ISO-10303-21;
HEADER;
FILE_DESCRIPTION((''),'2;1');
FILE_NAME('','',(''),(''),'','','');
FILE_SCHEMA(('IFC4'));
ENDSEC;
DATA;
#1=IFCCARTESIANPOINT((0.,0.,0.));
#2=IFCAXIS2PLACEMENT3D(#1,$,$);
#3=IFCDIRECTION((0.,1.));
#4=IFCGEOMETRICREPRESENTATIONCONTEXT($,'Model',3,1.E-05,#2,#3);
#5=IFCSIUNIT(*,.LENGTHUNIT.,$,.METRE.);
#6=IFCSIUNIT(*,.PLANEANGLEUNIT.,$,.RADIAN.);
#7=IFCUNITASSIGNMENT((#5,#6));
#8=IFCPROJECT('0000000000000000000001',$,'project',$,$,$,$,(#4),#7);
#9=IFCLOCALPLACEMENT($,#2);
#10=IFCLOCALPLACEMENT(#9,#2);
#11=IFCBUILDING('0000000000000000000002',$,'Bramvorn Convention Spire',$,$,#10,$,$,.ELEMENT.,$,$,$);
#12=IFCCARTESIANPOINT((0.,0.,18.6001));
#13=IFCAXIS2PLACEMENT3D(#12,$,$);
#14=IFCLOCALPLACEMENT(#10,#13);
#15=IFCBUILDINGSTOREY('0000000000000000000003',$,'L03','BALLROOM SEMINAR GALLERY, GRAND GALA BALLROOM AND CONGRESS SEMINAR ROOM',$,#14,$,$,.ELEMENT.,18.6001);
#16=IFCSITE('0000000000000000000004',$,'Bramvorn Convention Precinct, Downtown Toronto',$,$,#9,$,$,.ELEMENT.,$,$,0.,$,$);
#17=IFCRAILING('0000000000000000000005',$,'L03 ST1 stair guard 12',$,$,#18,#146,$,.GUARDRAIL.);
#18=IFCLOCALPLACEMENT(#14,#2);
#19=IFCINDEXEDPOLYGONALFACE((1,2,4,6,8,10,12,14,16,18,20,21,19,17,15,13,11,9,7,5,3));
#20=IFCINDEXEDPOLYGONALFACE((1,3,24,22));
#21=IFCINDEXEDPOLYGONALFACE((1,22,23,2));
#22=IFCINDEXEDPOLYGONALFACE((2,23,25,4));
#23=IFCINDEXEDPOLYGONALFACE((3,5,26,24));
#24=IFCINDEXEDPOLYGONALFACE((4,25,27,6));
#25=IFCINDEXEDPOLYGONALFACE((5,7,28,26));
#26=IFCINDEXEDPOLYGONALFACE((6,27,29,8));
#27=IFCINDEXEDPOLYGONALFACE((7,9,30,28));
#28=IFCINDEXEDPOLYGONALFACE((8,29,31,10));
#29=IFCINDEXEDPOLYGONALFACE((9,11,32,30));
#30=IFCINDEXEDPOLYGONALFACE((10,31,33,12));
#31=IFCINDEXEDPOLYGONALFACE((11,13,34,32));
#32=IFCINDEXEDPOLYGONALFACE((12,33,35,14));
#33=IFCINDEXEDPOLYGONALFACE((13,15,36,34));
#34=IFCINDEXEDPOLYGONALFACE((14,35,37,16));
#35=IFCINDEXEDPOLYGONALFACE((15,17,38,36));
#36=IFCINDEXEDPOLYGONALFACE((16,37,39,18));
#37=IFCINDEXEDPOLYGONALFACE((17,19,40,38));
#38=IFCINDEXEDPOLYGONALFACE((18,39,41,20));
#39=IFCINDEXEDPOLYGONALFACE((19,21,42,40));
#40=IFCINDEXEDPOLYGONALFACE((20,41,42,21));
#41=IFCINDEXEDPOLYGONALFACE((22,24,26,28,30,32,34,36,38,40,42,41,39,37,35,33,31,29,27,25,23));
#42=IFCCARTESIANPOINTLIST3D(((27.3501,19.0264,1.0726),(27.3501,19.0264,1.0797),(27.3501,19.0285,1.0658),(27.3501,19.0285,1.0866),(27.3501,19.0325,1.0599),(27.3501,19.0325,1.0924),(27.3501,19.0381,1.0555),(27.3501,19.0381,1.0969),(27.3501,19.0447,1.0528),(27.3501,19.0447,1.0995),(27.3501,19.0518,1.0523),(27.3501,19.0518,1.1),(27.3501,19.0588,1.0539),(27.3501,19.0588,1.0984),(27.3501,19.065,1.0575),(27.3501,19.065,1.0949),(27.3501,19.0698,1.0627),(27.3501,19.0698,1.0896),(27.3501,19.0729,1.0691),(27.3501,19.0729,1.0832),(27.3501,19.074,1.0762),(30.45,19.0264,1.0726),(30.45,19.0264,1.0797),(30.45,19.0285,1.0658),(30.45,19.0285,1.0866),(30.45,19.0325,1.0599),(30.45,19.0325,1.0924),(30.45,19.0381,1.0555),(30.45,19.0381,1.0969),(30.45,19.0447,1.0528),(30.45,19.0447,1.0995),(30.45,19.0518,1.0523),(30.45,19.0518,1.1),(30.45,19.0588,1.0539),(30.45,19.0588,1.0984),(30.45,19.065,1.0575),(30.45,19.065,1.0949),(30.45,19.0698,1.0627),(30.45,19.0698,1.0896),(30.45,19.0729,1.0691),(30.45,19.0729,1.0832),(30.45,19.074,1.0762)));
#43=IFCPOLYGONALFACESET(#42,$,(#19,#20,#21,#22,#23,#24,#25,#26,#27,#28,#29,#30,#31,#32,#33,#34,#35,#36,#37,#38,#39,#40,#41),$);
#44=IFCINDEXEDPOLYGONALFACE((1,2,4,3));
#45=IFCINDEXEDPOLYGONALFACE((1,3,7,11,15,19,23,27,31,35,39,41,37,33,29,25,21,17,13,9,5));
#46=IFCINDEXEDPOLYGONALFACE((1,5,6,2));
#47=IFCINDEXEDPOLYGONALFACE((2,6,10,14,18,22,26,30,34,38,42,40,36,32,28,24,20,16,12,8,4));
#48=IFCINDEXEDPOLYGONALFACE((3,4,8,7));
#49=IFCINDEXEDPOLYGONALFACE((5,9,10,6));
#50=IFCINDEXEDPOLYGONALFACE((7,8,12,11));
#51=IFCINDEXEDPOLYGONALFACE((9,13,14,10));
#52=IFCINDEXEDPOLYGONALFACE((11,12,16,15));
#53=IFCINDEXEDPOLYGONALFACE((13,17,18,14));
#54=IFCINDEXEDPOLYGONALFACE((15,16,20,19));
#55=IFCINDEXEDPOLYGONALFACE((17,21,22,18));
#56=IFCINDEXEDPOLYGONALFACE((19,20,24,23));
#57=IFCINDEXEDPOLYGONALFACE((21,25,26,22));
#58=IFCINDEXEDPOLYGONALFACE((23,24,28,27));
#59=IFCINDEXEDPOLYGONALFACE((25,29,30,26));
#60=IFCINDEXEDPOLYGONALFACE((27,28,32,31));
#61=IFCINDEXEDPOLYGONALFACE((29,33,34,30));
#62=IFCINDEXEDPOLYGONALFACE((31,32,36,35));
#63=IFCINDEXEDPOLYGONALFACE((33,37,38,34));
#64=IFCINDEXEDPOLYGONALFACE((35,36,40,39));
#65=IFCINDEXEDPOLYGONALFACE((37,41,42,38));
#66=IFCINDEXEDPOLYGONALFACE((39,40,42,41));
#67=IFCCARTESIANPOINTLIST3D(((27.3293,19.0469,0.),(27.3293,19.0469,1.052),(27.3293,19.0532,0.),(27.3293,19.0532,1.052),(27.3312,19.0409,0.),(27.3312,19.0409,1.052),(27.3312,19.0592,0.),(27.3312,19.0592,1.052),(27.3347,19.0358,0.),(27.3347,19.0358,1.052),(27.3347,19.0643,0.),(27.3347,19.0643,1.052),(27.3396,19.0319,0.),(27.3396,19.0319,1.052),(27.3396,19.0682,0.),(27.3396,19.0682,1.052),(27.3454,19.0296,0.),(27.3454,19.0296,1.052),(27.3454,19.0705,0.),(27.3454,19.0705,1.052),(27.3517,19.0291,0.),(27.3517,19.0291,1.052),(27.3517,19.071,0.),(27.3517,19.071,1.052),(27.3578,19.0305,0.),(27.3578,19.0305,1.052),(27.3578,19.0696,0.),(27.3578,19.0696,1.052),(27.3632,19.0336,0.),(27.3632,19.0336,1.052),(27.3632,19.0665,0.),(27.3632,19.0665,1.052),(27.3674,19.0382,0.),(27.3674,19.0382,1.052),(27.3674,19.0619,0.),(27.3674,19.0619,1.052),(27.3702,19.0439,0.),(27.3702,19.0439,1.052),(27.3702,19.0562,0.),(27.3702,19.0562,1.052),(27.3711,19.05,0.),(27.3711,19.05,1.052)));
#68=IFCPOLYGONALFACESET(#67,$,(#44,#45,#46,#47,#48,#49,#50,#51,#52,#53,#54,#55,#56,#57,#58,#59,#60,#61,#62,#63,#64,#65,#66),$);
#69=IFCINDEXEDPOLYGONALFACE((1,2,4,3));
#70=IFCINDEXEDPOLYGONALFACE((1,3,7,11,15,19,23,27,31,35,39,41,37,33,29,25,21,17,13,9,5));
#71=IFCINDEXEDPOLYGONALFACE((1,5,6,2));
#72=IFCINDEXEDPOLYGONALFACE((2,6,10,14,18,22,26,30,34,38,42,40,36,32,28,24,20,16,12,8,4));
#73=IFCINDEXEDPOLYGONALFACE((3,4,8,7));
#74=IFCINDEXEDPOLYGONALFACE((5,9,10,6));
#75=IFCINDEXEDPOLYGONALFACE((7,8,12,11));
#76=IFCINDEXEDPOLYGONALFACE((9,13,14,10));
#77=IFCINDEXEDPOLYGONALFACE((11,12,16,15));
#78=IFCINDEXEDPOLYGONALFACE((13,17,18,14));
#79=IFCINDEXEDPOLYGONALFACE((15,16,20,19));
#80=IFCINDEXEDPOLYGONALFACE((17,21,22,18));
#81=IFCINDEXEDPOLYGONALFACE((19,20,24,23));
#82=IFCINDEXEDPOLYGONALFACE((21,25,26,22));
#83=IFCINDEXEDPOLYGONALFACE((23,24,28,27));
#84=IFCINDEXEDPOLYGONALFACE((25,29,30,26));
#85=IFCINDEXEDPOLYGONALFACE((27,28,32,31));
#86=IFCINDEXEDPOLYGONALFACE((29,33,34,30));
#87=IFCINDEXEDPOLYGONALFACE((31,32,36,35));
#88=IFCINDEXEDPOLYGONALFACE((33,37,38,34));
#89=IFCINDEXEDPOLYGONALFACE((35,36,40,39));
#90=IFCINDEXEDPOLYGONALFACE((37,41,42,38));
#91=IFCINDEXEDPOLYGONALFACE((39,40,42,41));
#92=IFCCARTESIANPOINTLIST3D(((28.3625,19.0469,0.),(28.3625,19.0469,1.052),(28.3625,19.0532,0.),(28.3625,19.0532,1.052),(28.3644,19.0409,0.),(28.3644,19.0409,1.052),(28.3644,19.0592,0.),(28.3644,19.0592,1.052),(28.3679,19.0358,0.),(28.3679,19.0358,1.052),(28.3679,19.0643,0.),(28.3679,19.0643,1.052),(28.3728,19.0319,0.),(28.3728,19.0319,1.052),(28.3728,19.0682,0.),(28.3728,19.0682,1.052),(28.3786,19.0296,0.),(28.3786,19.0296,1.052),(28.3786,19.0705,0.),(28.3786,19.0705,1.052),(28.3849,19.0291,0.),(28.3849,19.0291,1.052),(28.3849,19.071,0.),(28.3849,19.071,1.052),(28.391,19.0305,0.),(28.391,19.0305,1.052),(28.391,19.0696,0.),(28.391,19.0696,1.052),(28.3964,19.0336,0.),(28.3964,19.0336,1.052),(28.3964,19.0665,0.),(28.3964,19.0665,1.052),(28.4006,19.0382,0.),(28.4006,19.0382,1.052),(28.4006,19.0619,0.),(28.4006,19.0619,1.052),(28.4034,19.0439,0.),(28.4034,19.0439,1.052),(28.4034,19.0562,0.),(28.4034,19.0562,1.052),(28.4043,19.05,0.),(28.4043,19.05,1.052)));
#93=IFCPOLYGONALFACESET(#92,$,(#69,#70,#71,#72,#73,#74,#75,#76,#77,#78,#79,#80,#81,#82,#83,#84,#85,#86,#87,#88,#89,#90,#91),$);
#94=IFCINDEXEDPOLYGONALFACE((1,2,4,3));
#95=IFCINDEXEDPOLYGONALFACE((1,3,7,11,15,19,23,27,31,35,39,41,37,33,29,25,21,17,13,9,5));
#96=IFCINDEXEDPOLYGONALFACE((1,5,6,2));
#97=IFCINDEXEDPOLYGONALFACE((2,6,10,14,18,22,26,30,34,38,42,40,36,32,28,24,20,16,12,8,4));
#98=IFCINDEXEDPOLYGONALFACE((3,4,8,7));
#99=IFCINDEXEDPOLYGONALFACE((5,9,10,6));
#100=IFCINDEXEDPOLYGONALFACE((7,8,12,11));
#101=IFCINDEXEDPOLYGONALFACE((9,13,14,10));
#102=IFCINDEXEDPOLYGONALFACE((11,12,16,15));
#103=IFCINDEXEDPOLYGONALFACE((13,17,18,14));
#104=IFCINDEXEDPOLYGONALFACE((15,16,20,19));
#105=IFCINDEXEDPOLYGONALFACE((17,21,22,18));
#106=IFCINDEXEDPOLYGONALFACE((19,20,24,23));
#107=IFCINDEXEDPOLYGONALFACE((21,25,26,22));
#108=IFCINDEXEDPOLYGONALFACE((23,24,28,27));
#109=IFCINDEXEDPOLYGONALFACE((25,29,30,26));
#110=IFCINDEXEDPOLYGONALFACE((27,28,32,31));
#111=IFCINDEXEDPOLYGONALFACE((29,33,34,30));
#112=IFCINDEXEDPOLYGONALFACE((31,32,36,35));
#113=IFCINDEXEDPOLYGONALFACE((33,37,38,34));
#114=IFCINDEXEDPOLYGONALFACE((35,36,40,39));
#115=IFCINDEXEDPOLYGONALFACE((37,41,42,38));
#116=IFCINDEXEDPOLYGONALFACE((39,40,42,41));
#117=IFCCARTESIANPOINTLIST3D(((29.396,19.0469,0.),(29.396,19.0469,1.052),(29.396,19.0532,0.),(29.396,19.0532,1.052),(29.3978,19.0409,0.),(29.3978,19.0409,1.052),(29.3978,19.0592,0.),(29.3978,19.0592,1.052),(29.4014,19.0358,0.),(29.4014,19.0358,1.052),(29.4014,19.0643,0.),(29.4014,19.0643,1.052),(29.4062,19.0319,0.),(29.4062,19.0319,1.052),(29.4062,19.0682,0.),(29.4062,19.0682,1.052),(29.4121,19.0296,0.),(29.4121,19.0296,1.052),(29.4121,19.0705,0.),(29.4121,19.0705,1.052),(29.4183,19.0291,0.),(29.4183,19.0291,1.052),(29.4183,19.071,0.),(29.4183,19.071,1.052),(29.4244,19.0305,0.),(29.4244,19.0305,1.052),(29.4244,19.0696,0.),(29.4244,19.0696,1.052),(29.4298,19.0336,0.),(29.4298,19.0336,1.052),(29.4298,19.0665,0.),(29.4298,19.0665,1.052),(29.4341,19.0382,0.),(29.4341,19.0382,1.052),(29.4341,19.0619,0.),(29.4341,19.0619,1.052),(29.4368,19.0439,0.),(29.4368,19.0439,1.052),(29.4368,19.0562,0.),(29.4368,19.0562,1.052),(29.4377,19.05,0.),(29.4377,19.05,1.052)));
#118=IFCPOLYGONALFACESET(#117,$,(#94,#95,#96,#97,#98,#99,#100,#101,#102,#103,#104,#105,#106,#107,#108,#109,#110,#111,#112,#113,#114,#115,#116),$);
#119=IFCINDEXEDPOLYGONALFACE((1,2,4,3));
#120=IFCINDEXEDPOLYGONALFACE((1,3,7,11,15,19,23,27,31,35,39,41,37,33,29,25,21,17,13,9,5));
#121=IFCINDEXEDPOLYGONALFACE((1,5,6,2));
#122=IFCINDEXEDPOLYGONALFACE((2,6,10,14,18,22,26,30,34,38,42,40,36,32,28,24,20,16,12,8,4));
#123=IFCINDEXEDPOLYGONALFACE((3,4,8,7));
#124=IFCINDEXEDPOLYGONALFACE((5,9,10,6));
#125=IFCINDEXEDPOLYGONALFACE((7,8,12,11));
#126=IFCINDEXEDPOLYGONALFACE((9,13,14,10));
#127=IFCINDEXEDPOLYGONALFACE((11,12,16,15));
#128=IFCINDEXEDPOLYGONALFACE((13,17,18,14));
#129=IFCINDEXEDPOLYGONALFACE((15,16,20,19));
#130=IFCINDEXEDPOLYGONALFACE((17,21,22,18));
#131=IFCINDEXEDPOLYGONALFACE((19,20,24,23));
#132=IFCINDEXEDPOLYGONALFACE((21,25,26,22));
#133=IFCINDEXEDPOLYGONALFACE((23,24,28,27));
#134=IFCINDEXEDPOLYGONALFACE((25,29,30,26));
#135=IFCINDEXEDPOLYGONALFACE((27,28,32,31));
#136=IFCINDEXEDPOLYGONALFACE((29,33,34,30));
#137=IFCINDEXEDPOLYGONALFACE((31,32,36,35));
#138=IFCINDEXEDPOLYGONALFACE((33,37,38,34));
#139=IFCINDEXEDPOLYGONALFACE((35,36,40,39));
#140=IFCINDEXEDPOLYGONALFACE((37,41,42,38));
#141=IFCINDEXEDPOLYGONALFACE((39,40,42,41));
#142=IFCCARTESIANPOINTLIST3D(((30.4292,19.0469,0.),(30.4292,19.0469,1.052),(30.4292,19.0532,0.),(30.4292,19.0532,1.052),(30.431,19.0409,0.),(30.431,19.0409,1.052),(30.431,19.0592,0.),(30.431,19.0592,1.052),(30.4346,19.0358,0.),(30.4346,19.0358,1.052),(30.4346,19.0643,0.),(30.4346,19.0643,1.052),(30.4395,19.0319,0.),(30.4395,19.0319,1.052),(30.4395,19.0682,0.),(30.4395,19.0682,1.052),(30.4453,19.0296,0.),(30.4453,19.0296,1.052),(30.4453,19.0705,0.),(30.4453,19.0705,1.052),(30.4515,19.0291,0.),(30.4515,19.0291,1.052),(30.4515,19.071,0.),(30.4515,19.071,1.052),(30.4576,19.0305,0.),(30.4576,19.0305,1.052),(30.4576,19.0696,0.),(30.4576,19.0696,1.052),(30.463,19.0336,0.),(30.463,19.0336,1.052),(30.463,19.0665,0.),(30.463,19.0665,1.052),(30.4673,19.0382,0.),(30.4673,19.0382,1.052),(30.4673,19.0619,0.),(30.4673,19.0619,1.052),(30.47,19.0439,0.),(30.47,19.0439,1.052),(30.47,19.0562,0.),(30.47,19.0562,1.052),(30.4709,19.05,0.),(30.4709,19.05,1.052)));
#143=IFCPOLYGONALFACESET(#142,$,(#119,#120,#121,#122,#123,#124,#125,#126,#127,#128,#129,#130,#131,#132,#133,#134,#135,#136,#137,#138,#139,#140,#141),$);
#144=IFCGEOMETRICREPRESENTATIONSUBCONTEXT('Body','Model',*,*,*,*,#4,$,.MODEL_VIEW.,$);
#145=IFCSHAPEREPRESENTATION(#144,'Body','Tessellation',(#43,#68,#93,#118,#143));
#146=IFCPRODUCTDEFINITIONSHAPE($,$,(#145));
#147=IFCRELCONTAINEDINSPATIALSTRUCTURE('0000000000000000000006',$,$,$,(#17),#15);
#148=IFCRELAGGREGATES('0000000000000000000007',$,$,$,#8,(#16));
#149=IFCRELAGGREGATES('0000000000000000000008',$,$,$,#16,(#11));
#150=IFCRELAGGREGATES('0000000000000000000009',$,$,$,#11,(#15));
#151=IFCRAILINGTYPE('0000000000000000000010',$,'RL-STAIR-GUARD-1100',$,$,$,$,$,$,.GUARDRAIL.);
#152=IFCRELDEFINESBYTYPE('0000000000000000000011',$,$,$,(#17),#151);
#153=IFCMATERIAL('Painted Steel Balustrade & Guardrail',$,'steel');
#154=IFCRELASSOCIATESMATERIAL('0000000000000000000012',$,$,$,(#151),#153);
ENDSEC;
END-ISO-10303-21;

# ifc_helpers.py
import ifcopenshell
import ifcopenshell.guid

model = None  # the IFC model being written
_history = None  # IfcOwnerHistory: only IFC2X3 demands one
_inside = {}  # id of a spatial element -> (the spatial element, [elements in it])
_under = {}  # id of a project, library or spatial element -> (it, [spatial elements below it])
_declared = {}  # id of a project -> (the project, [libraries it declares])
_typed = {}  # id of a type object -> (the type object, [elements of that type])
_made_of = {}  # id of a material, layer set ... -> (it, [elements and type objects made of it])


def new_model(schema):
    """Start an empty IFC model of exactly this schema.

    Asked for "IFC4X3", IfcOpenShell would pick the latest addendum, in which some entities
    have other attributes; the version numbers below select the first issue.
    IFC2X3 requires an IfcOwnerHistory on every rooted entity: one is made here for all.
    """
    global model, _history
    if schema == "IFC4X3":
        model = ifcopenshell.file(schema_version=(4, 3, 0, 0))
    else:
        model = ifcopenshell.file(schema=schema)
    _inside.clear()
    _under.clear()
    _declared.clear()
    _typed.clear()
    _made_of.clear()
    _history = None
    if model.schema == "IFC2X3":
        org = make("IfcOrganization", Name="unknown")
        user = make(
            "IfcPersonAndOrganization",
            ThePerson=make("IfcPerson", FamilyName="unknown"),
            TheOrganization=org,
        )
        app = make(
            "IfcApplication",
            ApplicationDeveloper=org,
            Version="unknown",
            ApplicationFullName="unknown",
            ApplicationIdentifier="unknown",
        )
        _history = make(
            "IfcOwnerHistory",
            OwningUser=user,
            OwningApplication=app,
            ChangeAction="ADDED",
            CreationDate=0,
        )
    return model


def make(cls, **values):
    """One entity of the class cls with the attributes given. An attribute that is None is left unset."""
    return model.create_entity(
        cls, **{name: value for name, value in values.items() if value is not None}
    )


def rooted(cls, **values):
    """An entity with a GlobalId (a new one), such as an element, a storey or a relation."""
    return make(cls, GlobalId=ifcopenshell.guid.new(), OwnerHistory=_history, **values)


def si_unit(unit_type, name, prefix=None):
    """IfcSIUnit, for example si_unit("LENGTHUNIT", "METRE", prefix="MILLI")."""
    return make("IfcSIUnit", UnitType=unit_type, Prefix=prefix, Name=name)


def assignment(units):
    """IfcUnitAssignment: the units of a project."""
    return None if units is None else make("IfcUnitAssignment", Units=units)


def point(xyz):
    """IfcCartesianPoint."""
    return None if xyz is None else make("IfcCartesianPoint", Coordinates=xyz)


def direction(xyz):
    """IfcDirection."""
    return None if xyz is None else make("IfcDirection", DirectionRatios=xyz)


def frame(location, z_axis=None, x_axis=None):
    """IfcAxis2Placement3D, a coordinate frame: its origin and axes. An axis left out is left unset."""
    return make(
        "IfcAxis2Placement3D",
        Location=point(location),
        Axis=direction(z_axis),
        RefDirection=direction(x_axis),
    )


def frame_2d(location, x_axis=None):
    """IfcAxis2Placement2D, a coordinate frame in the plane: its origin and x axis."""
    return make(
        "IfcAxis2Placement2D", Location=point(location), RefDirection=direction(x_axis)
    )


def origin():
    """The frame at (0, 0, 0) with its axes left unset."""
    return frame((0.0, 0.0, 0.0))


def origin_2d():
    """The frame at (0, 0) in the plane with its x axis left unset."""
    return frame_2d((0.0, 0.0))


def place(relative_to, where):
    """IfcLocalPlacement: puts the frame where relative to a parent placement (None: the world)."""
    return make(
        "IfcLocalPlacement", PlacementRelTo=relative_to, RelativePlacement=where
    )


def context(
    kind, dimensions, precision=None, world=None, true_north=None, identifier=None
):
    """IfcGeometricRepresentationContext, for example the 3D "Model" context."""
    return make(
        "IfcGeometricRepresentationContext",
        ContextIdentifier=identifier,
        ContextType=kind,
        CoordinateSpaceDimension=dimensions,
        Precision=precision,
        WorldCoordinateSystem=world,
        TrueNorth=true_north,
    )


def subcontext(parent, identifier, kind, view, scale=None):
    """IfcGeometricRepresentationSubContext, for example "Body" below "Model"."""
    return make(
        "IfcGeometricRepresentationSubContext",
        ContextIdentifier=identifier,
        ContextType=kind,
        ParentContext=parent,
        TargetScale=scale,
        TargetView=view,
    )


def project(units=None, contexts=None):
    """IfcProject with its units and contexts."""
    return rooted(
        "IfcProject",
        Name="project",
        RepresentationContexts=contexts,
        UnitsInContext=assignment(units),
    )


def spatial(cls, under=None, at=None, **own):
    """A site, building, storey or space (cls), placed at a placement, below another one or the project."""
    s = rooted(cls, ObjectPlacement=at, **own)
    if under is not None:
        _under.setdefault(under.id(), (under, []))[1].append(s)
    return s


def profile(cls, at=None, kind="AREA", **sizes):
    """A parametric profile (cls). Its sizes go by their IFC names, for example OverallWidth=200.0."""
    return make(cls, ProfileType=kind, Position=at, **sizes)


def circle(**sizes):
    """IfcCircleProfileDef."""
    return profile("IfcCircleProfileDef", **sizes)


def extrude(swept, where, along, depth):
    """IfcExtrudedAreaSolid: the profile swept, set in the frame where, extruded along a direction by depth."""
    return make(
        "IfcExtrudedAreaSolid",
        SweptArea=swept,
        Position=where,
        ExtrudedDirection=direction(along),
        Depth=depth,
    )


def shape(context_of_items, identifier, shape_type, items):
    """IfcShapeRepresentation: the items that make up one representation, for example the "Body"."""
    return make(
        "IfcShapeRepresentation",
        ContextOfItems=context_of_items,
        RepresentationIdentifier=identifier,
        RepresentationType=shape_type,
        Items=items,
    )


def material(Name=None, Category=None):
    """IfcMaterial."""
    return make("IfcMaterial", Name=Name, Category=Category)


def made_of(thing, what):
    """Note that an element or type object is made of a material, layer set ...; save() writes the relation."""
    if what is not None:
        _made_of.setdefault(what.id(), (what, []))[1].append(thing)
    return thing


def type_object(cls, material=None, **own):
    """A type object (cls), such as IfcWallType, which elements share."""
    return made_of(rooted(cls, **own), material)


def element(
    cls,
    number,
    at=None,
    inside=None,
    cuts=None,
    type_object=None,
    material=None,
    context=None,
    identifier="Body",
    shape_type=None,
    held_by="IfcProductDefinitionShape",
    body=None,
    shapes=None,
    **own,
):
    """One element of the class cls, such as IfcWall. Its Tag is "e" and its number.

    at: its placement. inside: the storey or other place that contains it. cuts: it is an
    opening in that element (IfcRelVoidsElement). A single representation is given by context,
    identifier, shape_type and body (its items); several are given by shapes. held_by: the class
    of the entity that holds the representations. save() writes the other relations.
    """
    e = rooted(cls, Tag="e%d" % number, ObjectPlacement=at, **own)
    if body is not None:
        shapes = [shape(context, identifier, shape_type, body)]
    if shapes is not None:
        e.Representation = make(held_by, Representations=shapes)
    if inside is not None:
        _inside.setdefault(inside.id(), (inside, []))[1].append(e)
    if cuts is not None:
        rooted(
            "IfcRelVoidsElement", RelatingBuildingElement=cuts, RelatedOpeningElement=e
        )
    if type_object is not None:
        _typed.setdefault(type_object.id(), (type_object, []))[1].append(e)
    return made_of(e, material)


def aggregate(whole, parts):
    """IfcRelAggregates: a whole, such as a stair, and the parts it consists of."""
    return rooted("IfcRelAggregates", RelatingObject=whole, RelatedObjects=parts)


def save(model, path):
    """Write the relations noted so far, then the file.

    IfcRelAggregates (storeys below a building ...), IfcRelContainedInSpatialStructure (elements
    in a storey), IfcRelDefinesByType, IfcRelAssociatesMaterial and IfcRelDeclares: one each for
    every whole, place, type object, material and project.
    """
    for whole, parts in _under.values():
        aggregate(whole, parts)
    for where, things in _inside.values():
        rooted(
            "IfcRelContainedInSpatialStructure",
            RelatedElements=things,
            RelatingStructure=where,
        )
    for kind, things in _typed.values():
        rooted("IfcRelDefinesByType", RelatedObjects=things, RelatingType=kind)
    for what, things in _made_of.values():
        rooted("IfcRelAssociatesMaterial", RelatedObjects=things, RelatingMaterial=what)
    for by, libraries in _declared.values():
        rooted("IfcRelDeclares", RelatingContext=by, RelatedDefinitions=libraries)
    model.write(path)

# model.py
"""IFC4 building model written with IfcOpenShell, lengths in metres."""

from ifc_helpers import new_model, si_unit, direction, frame, origin, origin_2d, place, context, subcontext, project, spatial, circle, extrude, material, type_object, element, save


model = new_model("IFC4")

# Units and contexts
model_context = context("Model", 3, precision=1e-05, world=origin(), true_north=direction((0.0, 1.0)))
body_context = subcontext(model_context, "Body", "Model", "MODEL_VIEW")
ifc_project = project(units=[si_unit("LENGTHUNIT", "METRE"), si_unit("PLANEANGLEUNIT", "RADIAN")], contexts=[model_context])

# Site, building, storey
site_placement = place(None, origin())
site = spatial("IfcSite", under=ifc_project, at=site_placement, Name="Bramvorn Convention Precinct, Downtown Toronto", CompositionType="ELEMENT", RefElevation=0.0)
building_placement = place(site_placement, origin())
building = spatial("IfcBuilding", under=site, at=building_placement, Name="Bramvorn Convention Spire", CompositionType="ELEMENT")
storey_placement = place(building_placement, frame((0.0, 0.0, 18.6001)))
storey = spatial("IfcBuildingStorey", under=building, at=storey_placement, Name="L03", Description="BALLROOM SEMINAR GALLERY, GRAND GALA BALLROOM AND CONGRESS SEMINAR ROOM", CompositionType="ELEMENT", Elevation=18.6001)

# Railing
ifc_material_1 = material(Name="Painted Steel Balustrade & Guardrail", Category="steel")
railing_type_1 = type_object("IfcRailingType", Name="RL-STAIR-GUARD-1100", PredefinedType="GUARDRAIL", material=ifc_material_1)
railing_1_placement = place(storey_placement, frame((27.3501, 19.05, 0.0)))
element("IfcRailing", 1, at=railing_1_placement, inside=storey, type_object=railing_type_1, Name="L03 ST1 stair guard 12", PredefinedType="GUARDRAIL", context=body_context, shape_type="SweptSolid", body=[
    extrude(circle(Radius=0.0239, at=origin_2d()), frame((0.0, 0.0, 1.0762), z_axis=(1.0, 0.0, 0.0), x_axis=(0.0, 1.0, 0.0)), (0.0, 0.0, 1.0), 3.0999),
    extrude(circle(Radius=0.021, at=origin_2d()), origin(), (0.0, 0.0, 1.0), 1.052),
    extrude(circle(Radius=0.021, at=origin_2d()), frame((1.0332, 0.0, 0.0)), (0.0, 0.0, 1.0), 1.052),
    extrude(circle(Radius=0.021, at=origin_2d()), frame((2.0667, 0.0, 0.0)), (0.0, 0.0, 1.0), 1.052),
    extrude(circle(Radius=0.021, at=origin_2d()), frame((3.0999, 0.0, 0.0)), (0.0, 0.0, 1.0), 1.052),
])

save(model, "model.ifc")
